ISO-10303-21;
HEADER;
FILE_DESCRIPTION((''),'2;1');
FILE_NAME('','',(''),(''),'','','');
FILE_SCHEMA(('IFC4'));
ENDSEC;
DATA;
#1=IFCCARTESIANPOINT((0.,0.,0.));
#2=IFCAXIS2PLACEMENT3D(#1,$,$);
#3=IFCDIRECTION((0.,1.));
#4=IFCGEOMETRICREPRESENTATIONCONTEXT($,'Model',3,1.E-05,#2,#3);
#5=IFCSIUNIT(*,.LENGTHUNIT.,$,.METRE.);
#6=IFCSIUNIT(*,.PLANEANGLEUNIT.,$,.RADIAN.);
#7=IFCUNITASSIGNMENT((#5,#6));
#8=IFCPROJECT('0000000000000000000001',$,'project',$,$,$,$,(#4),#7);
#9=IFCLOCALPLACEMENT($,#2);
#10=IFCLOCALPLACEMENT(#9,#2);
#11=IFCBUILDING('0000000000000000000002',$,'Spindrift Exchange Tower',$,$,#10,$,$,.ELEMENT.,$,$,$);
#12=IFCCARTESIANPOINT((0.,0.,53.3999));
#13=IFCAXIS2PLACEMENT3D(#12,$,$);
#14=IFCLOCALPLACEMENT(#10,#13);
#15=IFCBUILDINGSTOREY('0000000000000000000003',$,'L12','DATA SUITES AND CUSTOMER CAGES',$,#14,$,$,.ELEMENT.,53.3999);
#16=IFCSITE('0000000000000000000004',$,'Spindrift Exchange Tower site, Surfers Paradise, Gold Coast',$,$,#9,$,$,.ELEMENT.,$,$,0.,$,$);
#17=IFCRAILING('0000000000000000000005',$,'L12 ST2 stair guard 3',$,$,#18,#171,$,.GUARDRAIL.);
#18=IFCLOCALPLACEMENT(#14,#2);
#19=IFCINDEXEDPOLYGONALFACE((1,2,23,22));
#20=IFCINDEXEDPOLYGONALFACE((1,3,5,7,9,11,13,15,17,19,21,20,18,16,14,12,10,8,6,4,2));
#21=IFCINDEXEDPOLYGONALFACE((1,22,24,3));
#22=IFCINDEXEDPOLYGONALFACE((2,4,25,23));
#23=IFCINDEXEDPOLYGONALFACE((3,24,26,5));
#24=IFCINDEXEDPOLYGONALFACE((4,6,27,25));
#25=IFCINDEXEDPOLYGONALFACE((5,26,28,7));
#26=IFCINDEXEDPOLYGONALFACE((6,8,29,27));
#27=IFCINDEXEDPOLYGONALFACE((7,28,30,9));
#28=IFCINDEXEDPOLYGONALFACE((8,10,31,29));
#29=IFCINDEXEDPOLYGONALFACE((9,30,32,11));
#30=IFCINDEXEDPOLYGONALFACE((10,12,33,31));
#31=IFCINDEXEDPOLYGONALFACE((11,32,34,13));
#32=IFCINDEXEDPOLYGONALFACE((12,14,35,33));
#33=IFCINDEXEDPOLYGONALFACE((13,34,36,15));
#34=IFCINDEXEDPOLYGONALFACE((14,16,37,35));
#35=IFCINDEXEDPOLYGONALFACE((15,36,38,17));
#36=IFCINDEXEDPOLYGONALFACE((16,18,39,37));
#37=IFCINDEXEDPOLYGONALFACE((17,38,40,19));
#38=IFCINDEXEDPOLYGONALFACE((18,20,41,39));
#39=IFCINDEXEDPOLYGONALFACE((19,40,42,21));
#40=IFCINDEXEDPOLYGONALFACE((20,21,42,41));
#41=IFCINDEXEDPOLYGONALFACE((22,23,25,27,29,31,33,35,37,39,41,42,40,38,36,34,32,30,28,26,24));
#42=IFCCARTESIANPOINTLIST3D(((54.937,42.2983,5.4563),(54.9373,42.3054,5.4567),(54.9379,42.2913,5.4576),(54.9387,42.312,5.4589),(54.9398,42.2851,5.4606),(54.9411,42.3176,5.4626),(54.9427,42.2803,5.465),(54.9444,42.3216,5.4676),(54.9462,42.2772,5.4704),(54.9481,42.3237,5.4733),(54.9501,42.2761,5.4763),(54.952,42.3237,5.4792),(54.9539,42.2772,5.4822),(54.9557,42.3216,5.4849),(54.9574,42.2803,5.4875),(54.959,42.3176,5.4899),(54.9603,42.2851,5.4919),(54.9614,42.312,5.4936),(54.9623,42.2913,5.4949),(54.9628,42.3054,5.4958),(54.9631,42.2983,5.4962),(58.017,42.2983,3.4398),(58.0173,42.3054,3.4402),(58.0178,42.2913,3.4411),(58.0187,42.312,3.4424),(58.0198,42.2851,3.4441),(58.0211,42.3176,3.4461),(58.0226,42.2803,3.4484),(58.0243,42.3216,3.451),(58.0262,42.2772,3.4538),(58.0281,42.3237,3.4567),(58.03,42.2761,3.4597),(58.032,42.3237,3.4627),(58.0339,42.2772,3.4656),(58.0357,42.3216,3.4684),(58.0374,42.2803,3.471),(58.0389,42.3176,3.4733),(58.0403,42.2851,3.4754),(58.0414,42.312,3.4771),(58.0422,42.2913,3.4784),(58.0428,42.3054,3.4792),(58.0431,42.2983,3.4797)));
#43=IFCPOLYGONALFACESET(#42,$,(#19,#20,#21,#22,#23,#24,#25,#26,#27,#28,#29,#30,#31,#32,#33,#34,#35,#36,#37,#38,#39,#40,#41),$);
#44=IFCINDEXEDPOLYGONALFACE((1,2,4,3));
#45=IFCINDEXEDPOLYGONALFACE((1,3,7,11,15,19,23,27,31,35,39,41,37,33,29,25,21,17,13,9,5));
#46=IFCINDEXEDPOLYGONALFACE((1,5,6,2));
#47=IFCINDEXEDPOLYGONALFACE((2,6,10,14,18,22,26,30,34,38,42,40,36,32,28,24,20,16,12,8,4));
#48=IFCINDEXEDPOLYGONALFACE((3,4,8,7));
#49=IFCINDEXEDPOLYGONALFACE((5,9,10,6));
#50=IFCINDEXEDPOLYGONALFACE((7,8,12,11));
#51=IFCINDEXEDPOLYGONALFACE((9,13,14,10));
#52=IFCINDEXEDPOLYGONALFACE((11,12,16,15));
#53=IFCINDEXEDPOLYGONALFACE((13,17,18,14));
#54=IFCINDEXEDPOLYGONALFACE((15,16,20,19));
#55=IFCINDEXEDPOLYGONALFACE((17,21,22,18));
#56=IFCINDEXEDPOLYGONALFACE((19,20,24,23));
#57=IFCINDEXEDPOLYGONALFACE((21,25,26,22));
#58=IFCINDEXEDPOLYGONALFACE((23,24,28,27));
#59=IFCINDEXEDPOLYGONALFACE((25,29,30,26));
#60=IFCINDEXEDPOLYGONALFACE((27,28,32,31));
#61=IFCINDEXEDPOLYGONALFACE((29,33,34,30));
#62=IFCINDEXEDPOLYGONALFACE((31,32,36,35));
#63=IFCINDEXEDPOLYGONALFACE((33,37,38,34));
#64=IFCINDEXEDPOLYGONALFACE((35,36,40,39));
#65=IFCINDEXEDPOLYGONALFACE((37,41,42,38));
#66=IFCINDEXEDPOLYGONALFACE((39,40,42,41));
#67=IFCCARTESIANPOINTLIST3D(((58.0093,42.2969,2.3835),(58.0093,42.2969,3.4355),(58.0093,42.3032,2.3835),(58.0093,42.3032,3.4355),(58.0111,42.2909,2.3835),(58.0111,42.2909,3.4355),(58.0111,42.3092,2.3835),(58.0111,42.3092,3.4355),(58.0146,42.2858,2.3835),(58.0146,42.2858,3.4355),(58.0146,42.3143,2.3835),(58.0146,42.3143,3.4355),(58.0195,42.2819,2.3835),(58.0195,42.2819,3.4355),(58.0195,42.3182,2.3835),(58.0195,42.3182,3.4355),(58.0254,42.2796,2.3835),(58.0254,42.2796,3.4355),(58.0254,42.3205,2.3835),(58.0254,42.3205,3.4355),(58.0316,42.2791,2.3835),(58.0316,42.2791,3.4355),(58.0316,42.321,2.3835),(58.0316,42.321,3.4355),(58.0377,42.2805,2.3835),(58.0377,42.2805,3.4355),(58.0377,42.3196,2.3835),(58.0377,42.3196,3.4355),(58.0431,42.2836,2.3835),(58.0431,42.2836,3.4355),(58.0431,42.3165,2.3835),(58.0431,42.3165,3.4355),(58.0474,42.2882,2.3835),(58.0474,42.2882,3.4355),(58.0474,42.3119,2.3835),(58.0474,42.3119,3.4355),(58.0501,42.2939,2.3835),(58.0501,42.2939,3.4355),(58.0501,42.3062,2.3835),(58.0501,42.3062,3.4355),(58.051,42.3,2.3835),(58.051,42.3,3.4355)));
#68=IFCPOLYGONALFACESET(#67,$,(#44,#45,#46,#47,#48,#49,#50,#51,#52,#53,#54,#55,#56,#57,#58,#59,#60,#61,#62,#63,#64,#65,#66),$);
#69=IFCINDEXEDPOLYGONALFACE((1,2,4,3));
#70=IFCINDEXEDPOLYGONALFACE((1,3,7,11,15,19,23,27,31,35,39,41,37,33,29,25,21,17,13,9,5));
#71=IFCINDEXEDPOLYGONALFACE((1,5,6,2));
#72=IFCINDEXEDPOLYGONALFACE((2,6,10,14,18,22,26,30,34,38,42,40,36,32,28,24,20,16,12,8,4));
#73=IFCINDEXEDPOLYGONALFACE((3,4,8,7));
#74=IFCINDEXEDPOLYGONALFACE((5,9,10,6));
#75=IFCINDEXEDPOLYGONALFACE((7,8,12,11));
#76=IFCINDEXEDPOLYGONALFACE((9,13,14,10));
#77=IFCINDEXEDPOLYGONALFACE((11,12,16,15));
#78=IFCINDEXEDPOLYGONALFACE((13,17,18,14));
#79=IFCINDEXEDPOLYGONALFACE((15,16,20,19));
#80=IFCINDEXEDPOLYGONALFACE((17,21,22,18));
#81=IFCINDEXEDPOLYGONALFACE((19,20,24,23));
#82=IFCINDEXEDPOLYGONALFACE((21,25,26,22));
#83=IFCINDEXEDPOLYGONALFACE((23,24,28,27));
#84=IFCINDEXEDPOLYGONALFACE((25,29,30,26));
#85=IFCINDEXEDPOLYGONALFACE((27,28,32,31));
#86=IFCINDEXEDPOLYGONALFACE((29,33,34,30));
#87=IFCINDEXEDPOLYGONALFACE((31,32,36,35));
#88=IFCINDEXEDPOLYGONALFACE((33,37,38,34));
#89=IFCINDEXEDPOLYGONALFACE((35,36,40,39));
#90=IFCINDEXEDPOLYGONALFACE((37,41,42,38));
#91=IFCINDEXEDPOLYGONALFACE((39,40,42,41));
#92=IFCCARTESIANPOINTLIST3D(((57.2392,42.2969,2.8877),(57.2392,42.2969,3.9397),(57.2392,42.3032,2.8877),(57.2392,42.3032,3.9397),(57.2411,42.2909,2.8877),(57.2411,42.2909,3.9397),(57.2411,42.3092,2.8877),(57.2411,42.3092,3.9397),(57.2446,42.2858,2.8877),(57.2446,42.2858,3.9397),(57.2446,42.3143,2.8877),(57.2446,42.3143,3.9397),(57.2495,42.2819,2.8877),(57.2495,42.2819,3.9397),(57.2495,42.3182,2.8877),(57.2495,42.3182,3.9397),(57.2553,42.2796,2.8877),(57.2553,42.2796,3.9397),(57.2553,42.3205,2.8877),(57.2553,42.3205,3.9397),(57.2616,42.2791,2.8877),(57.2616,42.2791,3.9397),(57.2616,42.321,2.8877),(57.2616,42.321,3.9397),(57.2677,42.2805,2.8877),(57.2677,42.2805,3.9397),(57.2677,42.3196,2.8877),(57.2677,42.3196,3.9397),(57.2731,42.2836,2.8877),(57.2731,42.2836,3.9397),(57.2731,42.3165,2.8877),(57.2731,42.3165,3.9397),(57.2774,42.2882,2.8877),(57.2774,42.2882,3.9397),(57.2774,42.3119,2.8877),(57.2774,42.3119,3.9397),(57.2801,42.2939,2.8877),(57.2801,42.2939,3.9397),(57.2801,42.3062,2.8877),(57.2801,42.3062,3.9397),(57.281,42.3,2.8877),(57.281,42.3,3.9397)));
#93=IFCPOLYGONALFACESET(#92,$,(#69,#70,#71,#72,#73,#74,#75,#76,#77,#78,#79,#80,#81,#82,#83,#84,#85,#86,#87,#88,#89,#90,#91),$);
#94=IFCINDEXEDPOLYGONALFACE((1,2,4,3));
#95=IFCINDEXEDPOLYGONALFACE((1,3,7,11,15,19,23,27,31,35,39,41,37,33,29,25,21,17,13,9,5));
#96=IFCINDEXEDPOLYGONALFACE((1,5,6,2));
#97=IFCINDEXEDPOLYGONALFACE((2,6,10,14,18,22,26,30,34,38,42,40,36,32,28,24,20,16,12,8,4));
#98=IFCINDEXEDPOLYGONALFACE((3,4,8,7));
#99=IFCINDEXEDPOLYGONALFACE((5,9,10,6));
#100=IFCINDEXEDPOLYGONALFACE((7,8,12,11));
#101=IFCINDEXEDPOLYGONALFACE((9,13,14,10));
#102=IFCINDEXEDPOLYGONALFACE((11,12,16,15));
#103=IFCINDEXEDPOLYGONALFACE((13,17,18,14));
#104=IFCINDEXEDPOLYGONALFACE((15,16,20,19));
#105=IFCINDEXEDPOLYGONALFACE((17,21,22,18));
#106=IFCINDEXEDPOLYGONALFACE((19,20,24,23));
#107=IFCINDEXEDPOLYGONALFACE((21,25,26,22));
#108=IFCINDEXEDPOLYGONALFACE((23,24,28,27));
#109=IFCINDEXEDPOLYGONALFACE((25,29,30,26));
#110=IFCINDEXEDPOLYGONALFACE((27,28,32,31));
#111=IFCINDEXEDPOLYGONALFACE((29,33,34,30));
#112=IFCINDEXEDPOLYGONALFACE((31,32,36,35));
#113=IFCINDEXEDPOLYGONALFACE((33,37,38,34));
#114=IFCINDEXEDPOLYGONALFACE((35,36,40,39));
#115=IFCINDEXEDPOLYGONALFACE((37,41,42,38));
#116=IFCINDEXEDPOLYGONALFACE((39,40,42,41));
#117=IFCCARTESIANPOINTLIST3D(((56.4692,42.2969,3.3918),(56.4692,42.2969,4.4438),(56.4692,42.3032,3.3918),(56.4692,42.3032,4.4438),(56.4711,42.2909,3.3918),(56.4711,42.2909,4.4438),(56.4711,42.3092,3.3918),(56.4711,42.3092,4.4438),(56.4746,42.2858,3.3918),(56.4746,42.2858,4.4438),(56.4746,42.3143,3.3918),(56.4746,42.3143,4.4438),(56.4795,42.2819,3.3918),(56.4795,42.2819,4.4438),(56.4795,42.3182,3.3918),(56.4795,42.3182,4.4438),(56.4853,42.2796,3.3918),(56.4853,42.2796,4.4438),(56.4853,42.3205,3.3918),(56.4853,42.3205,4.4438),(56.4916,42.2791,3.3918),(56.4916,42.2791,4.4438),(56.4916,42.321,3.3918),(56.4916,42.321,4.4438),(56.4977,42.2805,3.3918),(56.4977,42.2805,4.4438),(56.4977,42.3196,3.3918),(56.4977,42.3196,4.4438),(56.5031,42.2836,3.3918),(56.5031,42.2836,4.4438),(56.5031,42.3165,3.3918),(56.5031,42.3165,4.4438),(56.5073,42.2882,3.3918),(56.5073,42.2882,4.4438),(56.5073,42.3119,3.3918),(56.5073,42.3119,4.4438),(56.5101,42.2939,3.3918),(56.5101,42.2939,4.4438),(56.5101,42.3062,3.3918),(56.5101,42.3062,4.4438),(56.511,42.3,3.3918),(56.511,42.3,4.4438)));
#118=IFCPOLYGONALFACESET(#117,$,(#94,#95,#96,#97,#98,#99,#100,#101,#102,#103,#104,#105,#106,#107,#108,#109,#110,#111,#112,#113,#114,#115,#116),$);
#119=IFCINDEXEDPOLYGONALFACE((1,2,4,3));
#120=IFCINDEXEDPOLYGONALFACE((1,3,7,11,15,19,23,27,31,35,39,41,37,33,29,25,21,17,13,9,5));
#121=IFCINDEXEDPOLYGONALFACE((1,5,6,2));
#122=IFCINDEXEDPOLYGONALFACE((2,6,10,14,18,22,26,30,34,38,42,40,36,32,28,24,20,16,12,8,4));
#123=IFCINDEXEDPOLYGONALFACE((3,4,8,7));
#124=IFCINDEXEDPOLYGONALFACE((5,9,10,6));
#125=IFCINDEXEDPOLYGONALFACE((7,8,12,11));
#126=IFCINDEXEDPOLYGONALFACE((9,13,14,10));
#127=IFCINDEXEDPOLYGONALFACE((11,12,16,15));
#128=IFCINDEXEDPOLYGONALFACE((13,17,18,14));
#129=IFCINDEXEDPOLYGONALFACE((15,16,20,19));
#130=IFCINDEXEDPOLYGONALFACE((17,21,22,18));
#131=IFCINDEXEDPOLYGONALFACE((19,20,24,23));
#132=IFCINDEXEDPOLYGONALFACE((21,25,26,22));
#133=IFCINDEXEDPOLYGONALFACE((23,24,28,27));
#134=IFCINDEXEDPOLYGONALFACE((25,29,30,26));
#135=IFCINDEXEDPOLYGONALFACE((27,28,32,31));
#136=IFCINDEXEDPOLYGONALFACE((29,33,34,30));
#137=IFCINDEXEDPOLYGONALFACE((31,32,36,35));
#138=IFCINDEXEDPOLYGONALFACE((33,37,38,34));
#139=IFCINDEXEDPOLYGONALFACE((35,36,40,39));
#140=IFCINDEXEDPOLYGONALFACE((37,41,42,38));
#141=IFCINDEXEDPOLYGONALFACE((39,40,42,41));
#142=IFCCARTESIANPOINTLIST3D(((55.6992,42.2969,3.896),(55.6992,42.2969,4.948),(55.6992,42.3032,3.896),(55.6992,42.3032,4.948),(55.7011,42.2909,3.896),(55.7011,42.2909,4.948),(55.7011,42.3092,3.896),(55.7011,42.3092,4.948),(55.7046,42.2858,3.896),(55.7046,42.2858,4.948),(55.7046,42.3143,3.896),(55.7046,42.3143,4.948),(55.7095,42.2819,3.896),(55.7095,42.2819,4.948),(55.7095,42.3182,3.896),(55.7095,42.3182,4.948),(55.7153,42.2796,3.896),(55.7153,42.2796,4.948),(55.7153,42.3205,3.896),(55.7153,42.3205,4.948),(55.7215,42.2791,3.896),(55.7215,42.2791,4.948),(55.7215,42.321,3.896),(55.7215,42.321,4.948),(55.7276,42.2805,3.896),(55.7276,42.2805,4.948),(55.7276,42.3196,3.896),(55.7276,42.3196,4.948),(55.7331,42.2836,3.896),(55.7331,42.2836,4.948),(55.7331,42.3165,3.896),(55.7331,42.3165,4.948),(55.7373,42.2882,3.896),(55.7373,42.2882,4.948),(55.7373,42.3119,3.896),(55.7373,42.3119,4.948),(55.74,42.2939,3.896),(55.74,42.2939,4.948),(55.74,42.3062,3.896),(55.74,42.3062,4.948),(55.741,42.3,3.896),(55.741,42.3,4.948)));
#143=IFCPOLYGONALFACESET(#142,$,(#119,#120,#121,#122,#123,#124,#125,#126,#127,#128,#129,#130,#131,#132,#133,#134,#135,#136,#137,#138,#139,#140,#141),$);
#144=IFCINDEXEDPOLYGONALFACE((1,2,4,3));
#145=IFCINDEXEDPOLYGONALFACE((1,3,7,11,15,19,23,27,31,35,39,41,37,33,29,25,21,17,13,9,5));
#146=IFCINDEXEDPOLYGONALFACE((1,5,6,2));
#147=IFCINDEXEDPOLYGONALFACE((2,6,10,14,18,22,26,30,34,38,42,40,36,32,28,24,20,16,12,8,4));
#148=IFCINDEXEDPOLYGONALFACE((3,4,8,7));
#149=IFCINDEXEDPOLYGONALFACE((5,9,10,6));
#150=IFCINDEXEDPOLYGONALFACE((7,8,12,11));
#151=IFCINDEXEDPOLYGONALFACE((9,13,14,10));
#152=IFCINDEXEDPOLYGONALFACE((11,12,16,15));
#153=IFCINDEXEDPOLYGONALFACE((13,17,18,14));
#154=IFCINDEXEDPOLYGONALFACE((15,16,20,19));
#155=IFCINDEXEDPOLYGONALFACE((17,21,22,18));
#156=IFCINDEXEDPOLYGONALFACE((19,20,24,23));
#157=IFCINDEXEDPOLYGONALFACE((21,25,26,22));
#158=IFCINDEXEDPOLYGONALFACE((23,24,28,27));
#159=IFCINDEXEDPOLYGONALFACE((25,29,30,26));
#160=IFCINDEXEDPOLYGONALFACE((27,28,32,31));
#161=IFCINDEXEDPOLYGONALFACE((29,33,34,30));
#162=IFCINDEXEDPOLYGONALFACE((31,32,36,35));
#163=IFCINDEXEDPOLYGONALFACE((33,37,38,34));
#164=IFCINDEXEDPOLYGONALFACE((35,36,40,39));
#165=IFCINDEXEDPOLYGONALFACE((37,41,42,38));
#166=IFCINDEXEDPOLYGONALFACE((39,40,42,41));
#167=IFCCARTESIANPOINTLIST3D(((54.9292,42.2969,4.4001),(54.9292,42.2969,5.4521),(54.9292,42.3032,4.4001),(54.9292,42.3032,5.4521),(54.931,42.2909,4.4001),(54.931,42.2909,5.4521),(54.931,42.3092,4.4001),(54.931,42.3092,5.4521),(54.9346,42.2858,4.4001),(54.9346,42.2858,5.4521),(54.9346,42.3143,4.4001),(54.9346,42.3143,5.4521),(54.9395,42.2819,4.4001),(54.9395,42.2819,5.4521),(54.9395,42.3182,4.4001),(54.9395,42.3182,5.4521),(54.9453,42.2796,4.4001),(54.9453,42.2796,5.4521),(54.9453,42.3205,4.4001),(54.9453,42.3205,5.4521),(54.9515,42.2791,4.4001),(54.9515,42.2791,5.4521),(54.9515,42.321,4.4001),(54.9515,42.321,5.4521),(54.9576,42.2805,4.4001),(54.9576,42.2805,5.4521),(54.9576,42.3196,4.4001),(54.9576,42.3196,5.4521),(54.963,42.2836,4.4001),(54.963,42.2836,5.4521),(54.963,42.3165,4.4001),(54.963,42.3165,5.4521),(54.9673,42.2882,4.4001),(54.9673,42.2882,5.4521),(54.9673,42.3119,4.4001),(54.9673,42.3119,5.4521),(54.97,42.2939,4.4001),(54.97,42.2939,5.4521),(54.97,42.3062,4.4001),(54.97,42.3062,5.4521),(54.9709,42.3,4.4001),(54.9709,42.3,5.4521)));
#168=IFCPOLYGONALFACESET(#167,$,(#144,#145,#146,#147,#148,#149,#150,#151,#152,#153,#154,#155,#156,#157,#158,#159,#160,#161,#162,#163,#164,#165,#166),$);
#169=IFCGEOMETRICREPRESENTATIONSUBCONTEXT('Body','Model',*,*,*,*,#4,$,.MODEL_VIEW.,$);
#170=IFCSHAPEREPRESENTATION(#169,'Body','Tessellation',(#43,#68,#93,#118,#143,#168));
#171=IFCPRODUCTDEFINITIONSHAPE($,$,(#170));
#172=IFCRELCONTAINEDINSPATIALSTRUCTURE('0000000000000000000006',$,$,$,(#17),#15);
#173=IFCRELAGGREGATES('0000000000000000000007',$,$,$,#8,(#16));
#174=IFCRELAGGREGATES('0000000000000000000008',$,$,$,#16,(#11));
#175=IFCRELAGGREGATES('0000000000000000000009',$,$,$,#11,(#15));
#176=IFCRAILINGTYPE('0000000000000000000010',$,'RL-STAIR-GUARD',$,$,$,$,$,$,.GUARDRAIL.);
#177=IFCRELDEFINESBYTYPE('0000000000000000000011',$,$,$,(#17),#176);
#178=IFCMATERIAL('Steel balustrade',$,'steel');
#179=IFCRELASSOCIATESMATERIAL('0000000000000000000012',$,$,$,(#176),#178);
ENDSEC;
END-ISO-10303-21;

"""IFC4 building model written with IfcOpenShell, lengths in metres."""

from ifc_helpers import new_model, si_unit, direction, frame, origin, origin_2d, place, context, subcontext, project, spatial, circle, extrude, material, type_object, element, save


model = new_model("IFC4")

# Units and contexts
model_context = context("Model", 3, precision=1e-05, world=origin(), true_north=direction((0.0, 1.0)))
body_context = subcontext(model_context, "Body", "Model", "MODEL_VIEW")
ifc_project = project(units=[si_unit("LENGTHUNIT", "METRE"), si_unit("PLANEANGLEUNIT", "RADIAN")], contexts=[model_context])

# Site, building, storey
site_placement = place(None, origin())
site = spatial("IfcSite", under=ifc_project, at=site_placement, Name="Spindrift Exchange Tower site, Surfers Paradise, Gold Coast", CompositionType="ELEMENT", RefElevation=0.0)
building_placement = place(site_placement, origin())
building = spatial("IfcBuilding", under=site, at=building_placement, Name="Spindrift Exchange Tower", CompositionType="ELEMENT")
storey_placement = place(building_placement, frame((0.0, 0.0, 53.3999)))
storey = spatial("IfcBuildingStorey", under=building, at=storey_placement, Name="L12", Description="DATA SUITES AND CUSTOMER CAGES", CompositionType="ELEMENT", Elevation=53.3999)

# Railing
ifc_material_1 = material(Name="Steel balustrade", Category="steel")
railing_type_1 = type_object("IfcRailingType", Name="RL-STAIR-GUARD", PredefinedType="GUARDRAIL", material=ifc_material_1)
railing_1_placement = place(storey_placement, frame((58.03, 42.3, 2.3835)))
element("IfcRailing", 1, at=railing_1_placement, inside=storey, type_object=railing_type_1, Name="L12 ST2 stair guard 3", PredefinedType="GUARDRAIL", context=body_context, shape_type="SweptSolid", body=[
    extrude(circle(Radius=0.0239, at=origin_2d()), frame((0.0, 0.0, 1.0762), z_axis=(-0.836633, 0.0, 0.547764), x_axis=(0.0, -1.0, 0.0)), (0.0, 0.0, 1.0), 3.6814),
    extrude(circle(Radius=0.021, at=origin_2d()), origin(), (0.0, 0.0, 1.0), 1.052),
    extrude(circle(Radius=0.021, at=origin_2d()), frame((-0.77, 0.0, 0.5042)), (0.0, 0.0, 1.0), 1.052),
    extrude(circle(Radius=0.021, at=origin_2d()), frame((-1.54, 0.0, 1.0083)), (0.0, 0.0, 1.0), 1.052),
    extrude(circle(Radius=0.021, at=origin_2d()), frame((-2.3101, 0.0, 1.5125)), (0.0, 0.0, 1.0), 1.052),
    extrude(circle(Radius=0.021, at=origin_2d()), frame((-3.0801, 0.0, 2.0166)), (0.0, 0.0, 1.0), 1.052),
])

save(model, "model.ifc")
